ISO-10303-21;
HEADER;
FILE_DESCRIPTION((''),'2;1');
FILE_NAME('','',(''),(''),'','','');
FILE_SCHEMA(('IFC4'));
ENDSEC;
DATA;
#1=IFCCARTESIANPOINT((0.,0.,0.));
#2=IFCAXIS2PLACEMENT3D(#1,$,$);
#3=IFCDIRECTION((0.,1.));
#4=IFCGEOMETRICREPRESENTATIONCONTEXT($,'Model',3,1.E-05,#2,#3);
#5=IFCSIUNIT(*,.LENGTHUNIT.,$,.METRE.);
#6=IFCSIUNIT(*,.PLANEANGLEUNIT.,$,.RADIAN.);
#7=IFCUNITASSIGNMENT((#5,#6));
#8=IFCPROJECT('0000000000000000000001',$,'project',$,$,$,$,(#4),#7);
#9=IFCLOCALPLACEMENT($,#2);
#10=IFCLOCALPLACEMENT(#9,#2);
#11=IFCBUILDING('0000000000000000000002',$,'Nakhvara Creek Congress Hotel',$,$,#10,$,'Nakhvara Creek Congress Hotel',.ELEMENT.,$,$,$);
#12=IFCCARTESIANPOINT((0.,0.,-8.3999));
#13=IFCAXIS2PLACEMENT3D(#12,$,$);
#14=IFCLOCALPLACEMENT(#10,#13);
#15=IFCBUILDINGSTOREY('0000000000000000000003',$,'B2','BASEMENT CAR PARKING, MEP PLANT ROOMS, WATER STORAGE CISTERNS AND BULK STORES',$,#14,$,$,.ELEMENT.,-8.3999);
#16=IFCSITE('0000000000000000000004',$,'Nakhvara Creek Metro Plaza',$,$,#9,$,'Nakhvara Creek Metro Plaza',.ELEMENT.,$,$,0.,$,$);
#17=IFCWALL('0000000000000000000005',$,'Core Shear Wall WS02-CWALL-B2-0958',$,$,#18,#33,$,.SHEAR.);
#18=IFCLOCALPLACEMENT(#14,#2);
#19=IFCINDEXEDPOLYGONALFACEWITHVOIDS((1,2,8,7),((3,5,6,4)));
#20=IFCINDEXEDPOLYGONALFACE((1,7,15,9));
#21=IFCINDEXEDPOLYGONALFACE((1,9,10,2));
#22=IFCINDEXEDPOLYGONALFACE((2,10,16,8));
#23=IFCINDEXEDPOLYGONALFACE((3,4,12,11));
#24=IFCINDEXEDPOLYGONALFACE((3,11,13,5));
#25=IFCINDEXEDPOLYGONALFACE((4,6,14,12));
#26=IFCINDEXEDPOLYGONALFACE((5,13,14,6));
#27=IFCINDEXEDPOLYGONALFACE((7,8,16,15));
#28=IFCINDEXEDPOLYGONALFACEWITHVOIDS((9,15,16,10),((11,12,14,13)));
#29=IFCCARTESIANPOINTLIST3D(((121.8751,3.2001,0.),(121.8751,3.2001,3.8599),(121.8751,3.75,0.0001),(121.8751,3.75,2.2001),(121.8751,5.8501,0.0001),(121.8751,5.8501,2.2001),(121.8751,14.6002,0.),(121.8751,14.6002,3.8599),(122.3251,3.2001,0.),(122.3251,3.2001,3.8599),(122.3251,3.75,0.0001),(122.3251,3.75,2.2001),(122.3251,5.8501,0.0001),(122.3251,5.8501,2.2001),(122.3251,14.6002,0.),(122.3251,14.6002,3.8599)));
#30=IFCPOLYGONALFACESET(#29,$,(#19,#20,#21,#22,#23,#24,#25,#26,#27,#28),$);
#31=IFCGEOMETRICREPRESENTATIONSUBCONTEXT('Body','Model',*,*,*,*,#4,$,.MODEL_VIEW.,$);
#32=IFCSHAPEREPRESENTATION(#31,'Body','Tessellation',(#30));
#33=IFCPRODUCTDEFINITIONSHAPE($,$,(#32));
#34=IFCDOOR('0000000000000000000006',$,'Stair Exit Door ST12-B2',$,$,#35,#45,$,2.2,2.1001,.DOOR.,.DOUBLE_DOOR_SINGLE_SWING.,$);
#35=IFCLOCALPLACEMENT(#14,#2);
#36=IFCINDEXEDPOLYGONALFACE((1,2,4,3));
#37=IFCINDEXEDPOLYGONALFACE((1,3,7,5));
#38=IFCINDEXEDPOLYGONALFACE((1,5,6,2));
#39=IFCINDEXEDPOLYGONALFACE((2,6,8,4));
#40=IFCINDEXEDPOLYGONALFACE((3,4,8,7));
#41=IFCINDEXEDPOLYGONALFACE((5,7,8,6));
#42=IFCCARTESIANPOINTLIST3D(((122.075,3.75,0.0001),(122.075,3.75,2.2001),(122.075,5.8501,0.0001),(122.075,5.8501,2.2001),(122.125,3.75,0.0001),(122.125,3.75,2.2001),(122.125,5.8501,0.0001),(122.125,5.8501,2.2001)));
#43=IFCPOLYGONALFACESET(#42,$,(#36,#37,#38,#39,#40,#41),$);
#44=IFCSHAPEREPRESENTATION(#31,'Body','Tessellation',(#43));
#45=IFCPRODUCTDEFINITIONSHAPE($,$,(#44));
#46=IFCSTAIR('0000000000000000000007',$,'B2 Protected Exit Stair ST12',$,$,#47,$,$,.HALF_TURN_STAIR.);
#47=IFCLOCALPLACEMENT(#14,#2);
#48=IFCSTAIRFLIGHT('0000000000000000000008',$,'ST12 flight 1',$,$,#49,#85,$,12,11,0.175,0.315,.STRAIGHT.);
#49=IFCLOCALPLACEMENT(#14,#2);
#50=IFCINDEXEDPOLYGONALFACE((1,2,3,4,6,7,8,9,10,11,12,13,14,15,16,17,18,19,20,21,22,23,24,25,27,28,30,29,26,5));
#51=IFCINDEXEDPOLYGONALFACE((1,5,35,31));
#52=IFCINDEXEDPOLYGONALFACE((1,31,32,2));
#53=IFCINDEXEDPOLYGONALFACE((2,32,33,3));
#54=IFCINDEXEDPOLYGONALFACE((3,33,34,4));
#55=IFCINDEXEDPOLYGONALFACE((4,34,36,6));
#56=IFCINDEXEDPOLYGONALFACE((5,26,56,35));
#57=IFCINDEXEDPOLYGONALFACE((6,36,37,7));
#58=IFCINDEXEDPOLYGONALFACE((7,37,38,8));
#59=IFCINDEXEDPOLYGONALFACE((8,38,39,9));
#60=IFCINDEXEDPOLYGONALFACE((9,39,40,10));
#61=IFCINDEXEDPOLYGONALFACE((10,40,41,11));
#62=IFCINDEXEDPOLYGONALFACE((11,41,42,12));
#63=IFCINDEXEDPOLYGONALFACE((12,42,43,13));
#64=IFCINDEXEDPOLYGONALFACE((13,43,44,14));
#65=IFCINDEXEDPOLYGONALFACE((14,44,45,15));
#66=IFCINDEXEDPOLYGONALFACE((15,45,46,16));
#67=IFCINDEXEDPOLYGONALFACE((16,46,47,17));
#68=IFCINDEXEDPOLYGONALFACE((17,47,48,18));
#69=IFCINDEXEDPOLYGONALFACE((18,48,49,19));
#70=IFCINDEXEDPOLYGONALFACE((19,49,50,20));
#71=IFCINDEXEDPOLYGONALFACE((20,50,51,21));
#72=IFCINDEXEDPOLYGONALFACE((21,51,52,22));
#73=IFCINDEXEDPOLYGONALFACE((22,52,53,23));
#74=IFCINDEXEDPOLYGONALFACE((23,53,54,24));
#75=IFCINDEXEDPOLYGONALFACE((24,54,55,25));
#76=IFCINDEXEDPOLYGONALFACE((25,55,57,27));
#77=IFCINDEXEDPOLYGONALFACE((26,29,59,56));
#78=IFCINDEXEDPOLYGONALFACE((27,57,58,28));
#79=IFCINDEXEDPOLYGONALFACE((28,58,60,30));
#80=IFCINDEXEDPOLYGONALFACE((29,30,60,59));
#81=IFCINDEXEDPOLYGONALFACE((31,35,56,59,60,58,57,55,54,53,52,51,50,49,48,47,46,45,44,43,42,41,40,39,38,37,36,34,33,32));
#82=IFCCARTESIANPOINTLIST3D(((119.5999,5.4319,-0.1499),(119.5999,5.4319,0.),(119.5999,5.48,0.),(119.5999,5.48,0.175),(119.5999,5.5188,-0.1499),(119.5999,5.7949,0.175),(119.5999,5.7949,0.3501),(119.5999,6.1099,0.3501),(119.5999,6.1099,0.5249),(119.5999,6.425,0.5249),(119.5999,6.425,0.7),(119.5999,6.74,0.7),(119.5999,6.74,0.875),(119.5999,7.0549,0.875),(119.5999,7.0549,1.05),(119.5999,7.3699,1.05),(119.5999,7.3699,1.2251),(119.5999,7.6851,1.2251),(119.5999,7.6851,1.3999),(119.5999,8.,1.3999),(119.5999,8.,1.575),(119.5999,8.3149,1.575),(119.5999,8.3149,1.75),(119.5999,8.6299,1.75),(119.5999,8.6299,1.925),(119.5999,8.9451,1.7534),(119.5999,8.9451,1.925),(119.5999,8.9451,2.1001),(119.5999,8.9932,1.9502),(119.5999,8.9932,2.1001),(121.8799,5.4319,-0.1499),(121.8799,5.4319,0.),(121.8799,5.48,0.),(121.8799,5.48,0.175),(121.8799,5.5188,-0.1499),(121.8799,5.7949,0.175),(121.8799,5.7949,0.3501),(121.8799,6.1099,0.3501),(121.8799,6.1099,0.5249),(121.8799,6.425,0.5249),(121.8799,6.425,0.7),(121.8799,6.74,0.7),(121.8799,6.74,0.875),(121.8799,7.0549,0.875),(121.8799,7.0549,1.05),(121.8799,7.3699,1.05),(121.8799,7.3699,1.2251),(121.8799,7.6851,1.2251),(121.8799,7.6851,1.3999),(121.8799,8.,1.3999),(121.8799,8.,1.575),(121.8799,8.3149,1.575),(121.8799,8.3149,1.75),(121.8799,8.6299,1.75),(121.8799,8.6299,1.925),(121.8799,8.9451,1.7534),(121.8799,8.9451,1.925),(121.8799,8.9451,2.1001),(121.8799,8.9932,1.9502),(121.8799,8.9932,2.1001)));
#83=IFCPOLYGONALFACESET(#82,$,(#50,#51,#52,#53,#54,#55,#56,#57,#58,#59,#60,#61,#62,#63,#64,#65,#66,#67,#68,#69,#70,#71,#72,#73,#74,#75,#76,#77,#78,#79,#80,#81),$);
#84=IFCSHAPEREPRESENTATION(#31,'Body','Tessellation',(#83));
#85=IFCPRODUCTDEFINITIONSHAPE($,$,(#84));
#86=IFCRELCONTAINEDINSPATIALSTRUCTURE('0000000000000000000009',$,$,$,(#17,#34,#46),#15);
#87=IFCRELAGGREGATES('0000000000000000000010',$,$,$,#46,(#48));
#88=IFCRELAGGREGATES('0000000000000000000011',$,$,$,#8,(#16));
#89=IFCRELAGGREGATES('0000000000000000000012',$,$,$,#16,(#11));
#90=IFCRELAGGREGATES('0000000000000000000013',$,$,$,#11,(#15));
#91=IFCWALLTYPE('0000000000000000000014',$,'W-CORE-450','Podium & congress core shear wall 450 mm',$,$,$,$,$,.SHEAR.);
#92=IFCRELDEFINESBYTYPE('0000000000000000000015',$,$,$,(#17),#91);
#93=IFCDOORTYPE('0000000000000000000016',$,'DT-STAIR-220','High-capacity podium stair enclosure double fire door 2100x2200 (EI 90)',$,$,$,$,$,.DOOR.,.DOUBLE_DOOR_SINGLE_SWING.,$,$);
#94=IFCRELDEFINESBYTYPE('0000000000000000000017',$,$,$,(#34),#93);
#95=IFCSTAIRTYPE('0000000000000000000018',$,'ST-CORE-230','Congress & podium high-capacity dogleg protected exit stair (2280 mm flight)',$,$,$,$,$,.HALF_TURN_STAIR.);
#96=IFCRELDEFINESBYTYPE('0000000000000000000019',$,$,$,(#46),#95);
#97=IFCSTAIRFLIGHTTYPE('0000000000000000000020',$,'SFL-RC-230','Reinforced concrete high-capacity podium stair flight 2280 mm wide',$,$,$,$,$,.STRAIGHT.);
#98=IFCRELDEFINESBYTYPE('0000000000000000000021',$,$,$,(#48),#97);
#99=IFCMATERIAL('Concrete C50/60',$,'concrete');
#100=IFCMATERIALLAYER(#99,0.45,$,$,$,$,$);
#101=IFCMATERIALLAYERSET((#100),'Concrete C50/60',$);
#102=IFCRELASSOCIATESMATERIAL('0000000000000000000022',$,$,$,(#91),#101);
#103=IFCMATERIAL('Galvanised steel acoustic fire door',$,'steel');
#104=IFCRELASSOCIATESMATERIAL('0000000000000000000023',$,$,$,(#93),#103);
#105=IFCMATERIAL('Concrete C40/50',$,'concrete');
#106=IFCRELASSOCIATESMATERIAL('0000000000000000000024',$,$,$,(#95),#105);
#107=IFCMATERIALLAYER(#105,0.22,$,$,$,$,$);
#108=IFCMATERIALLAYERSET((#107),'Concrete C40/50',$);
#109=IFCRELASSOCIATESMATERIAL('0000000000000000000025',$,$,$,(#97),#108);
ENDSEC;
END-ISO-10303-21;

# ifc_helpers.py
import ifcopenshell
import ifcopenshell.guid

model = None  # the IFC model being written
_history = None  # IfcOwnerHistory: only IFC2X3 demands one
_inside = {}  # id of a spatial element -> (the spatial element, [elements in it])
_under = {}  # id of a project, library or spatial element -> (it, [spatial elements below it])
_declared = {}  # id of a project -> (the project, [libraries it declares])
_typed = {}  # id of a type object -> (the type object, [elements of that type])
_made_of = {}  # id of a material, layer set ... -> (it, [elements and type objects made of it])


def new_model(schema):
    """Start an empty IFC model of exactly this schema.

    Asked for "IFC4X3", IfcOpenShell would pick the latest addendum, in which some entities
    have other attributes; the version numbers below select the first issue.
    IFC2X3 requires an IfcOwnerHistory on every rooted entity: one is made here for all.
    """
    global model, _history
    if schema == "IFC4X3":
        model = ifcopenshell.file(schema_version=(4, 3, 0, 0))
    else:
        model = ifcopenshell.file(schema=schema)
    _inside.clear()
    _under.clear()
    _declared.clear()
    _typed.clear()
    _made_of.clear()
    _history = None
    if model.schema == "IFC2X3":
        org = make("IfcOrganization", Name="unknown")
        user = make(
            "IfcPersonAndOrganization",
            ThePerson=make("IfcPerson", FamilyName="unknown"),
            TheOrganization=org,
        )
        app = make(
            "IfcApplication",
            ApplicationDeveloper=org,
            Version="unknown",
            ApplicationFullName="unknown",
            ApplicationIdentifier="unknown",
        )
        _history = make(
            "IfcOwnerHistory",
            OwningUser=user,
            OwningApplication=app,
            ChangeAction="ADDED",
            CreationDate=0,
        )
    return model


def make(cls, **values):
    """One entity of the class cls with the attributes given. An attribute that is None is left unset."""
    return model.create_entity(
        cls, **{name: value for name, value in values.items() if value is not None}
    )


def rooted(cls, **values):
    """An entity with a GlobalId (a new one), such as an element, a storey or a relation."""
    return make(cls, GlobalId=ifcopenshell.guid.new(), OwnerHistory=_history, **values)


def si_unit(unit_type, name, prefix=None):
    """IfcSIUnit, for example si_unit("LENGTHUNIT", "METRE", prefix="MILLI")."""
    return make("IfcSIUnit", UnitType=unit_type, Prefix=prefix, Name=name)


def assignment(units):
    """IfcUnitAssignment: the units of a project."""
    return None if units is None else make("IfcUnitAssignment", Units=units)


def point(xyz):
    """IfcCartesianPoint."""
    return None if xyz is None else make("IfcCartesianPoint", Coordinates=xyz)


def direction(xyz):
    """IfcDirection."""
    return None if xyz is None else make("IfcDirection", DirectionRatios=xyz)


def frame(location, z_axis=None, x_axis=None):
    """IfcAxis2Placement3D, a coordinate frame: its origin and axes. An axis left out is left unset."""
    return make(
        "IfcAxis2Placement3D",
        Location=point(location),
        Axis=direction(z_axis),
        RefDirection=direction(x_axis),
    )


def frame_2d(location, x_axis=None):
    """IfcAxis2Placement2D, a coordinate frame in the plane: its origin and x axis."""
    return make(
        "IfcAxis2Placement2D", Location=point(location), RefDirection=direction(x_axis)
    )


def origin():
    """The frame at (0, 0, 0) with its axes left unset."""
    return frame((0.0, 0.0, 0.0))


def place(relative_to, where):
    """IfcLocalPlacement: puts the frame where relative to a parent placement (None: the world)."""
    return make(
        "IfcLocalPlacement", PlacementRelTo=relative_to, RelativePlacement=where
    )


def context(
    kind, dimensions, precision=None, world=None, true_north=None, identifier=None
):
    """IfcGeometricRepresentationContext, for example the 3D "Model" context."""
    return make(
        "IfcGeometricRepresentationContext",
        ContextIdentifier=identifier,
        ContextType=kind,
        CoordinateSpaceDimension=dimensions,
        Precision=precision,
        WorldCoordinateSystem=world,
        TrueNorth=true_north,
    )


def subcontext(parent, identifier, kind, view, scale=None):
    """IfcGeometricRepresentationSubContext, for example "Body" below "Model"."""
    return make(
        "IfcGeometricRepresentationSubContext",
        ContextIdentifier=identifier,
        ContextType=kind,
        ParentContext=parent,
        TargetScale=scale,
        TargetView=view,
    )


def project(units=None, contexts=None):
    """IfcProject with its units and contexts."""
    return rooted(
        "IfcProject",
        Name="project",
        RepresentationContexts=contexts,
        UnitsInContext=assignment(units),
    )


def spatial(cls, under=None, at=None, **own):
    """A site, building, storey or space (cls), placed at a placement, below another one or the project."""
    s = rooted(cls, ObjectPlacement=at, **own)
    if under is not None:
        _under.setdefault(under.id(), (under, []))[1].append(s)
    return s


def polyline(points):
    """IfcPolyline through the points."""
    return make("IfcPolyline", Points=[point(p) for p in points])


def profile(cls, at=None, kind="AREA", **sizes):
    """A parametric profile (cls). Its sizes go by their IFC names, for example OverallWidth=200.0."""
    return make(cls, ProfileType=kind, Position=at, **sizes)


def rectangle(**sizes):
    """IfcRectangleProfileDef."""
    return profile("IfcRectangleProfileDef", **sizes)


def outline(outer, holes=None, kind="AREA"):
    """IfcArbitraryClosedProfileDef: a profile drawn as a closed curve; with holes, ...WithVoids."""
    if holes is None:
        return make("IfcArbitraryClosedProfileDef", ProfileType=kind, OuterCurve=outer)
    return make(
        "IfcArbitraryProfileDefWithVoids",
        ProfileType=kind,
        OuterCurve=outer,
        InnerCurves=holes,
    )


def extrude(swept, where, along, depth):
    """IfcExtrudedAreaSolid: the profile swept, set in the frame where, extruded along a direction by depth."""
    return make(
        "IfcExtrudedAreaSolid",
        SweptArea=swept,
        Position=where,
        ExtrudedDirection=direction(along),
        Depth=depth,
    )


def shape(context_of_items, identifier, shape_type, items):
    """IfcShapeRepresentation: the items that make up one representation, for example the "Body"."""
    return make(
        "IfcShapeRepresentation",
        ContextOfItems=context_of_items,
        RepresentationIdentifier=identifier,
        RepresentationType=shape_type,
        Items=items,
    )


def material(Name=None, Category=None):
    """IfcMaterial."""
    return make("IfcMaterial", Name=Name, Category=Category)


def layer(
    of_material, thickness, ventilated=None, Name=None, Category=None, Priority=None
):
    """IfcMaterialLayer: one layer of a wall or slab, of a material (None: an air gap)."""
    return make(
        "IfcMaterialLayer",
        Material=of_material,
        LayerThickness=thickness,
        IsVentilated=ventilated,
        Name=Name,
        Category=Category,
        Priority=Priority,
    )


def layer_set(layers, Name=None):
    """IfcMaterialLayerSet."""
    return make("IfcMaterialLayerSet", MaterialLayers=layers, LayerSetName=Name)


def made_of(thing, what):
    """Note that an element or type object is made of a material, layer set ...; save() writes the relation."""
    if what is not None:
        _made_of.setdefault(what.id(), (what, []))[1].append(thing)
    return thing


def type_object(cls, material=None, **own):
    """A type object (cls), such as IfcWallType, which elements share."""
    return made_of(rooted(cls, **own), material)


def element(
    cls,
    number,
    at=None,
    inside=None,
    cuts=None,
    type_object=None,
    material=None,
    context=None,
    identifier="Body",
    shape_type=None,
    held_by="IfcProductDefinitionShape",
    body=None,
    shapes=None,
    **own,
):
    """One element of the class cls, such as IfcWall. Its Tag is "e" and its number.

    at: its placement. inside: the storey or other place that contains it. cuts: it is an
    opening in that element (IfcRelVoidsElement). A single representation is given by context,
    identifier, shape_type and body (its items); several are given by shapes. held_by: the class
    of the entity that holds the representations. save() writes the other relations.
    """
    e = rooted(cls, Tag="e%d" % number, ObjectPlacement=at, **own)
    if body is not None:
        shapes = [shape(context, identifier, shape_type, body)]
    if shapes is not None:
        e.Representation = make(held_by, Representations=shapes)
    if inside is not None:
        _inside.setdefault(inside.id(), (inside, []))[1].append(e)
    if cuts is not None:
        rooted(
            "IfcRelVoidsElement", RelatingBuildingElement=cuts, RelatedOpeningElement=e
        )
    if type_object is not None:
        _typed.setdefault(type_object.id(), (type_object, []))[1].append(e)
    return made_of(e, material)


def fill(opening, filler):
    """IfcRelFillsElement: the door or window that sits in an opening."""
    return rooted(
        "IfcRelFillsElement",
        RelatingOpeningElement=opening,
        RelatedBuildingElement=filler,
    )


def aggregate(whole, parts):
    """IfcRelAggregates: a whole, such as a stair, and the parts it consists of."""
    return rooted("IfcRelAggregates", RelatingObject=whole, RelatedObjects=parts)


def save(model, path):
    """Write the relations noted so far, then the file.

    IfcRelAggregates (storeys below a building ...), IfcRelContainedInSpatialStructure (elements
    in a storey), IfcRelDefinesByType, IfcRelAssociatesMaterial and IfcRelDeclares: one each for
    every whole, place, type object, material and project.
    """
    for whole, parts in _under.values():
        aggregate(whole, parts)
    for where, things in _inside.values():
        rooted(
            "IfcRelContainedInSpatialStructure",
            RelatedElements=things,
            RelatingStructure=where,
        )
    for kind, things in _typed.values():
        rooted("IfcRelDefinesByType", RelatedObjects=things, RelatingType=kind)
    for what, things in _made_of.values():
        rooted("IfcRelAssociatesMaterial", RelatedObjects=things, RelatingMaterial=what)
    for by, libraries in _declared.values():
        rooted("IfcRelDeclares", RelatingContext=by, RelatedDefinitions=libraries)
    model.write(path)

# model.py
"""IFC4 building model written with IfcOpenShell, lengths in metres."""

from ifc_helpers import new_model, si_unit, direction, frame, frame_2d, origin, place, context, subcontext, project, spatial, polyline, rectangle, outline, extrude, material, layer, layer_set, type_object, element, fill, aggregate, save


model = new_model("IFC4")

# Units and contexts
model_context = context("Model", 3, precision=1e-05, world=origin(), true_north=direction((0.0, 1.0)))
body_context = subcontext(model_context, "Body", "Model", "MODEL_VIEW")
ifc_project = project(units=[si_unit("LENGTHUNIT", "METRE"), si_unit("PLANEANGLEUNIT", "RADIAN")], contexts=[model_context])

# Site, building, storey
site_placement = place(None, origin())
site = spatial("IfcSite", under=ifc_project, at=site_placement, Name="Nakhvara Creek Metro Plaza", LongName="Nakhvara Creek Metro Plaza", CompositionType="ELEMENT", RefElevation=0.0)
building_placement = place(site_placement, origin())
building = spatial("IfcBuilding", under=site, at=building_placement, Name="Nakhvara Creek Congress Hotel", LongName="Nakhvara Creek Congress Hotel", CompositionType="ELEMENT")
storey_placement = place(building_placement, frame((0.0, 0.0, -8.3999)))
storey = spatial("IfcBuildingStorey", under=building, at=storey_placement, Name="B2", Description="BASEMENT CAR PARKING, MEP PLANT ROOMS, WATER STORAGE CISTERNS AND BULK STORES", CompositionType="ELEMENT", Elevation=-8.3999)

# Shared definitions
ifc_material_1 = material(Name="Concrete C40/50", Category="concrete")

# Shared definitions
ifc_material_2 = material(Name="Concrete C50/60", Category="concrete")

# Shared definitions
ifc_layer_1 = layer(ifc_material_2, 0.45)
ifc_layer_set_1 = layer_set([ifc_layer_1], Name="Concrete C50/60")
wall_type = type_object("IfcWallType", Name="W-CORE-450", Description="Podium & congress core shear wall 450 mm", PredefinedType="SHEAR", material=ifc_layer_set_1)

# Wall, opening, door
wall_1_placement = place(storey_placement, frame((122.1001, 3.2, 0.0), z_axis=(0.0, 0.0, 1.0), x_axis=(0.0, 1.0, 0.0)))
wall_1 = element("IfcWall", 1, at=wall_1_placement, inside=storey, type_object=wall_type, Name="Core Shear Wall WS02-CWALL-B2-0958", PredefinedType="SHEAR", context=body_context, shape_type="SweptSolid", body=[
    extrude(rectangle(XDim=11.4001, YDim=0.45, at=frame_2d((5.7002, 0.0))), origin(), (0.0, 0.0, 1.0), 3.8599),
])
opening_placement = place(wall_1_placement, frame((0.55, 0.0, 0.0)))
opening = element("IfcOpeningElement", 2, at=opening_placement, cuts=wall_1, PredefinedType="OPENING", context=body_context, shape_type="SweptSolid", body=[
    extrude(rectangle(XDim=2.1001, YDim=2.2, at=frame_2d((1.05, 1.1001))), frame((0.0, 0.2368, 0.0), z_axis=(0.0, -1.0, 0.0), x_axis=(1.0, 0.0, 0.0)), (0.0, 0.0, 1.0), 0.4739),
])
ifc_material_3 = material(Name="Galvanised steel acoustic fire door", Category="steel")
door_type = type_object("IfcDoorType", Name="DT-STAIR-220", Description="High-capacity podium stair enclosure double fire door 2100x2200 (EI 90)", OperationType="DOUBLE_DOOR_SINGLE_SWING", PredefinedType="DOOR", material=ifc_material_3)
door_placement = place(opening_placement, frame((2.1001, 0.0, 0.0), z_axis=(0.0, 0.0, 1.0), x_axis=(-1.0, 0.0, 0.0)))
door = element("IfcDoor", 3, at=door_placement, inside=storey, type_object=door_type, Name="Stair Exit Door ST12-B2", OperationType="DOUBLE_DOOR_SINGLE_SWING", OverallHeight=2.2, OverallWidth=2.1001, PredefinedType="DOOR", context=body_context, shape_type="SweptSolid", body=[
    extrude(rectangle(XDim=2.1001, YDim=2.2, at=frame_2d((1.05, 1.1001))), frame((0.0, 0.0249, 0.0), z_axis=(0.0, -1.0, 0.0), x_axis=(1.0, 0.0, 0.0)), (0.0, 0.0, 1.0), 0.05),
])
fill(opening, door)

# Stair, stair flight
stair_type = type_object("IfcStairType", Name="ST-CORE-230", Description="Congress & podium high-capacity dogleg protected exit stair (2280 mm flight)", PredefinedType="HALF_TURN_STAIR", material=ifc_material_1)
stair_placement = place(storey_placement, origin())
stair = element("IfcStair", 4, at=stair_placement, inside=storey, type_object=stair_type, Name="B2 Protected Exit Stair ST12", PredefinedType="HALF_TURN_STAIR")
ifc_layer_2 = layer(ifc_material_1, 0.22)
ifc_layer_set_2 = layer_set([ifc_layer_2], Name="Concrete C40/50")
stair_flight_type = type_object("IfcStairFlightType", Name="SFL-RC-230", Description="Reinforced concrete high-capacity podium stair flight 2280 mm wide", PredefinedType="STRAIGHT", material=ifc_layer_set_2)
stair_flight_placement = place(storey_placement, frame((120.74, 5.48, 0.0), z_axis=(0.0, 0.0, 1.0), x_axis=(0.0, 1.0, 0.0)))
stair_flight = element("IfcStairFlight", 5, at=stair_flight_placement, type_object=stair_flight_type, Name="ST12 flight 1", NumberOfRisers=12, NumberOfTreads=11, PredefinedType="STRAIGHT", RiserHeight=0.175, TreadLength=0.315, context=body_context, shape_type="SweptSolid", body=[
    extrude(outline(polyline([(-0.0481, 0.0), (0.0, 0.0), (0.0, 0.175), (0.3149, 0.175), (0.3149, 0.3501), (0.6299, 0.3501), (0.6299, 0.5249), (0.9451, 0.5249), (0.9451, 0.7), (1.26, 0.7), (1.26, 0.875), (1.575, 0.875), (1.575, 1.05), (1.8899, 1.05), (1.8899, 1.2251), (2.2051, 1.2251), (2.2051, 1.3999), (2.52, 1.3999), (2.52, 1.575), (2.835, 1.575), (2.835, 1.75), (3.1499, 1.75), (3.1499, 1.925), (3.4651, 1.925), (3.4651, 2.1001), (3.5132, 2.1001), (3.5132, 1.9502), (3.4651, 1.7534), (0.0388, -0.1499), (-0.0481, -0.1499), (-0.0481, 0.0)])), frame((0.0, 1.1401, 0.0), z_axis=(0.0, -1.0, 0.0), x_axis=(1.0, 0.0, 0.0)), (0.0, 0.0, 1.0), 2.28),
])
aggregate(stair, [stair_flight])

save(model, "model.ifc")
